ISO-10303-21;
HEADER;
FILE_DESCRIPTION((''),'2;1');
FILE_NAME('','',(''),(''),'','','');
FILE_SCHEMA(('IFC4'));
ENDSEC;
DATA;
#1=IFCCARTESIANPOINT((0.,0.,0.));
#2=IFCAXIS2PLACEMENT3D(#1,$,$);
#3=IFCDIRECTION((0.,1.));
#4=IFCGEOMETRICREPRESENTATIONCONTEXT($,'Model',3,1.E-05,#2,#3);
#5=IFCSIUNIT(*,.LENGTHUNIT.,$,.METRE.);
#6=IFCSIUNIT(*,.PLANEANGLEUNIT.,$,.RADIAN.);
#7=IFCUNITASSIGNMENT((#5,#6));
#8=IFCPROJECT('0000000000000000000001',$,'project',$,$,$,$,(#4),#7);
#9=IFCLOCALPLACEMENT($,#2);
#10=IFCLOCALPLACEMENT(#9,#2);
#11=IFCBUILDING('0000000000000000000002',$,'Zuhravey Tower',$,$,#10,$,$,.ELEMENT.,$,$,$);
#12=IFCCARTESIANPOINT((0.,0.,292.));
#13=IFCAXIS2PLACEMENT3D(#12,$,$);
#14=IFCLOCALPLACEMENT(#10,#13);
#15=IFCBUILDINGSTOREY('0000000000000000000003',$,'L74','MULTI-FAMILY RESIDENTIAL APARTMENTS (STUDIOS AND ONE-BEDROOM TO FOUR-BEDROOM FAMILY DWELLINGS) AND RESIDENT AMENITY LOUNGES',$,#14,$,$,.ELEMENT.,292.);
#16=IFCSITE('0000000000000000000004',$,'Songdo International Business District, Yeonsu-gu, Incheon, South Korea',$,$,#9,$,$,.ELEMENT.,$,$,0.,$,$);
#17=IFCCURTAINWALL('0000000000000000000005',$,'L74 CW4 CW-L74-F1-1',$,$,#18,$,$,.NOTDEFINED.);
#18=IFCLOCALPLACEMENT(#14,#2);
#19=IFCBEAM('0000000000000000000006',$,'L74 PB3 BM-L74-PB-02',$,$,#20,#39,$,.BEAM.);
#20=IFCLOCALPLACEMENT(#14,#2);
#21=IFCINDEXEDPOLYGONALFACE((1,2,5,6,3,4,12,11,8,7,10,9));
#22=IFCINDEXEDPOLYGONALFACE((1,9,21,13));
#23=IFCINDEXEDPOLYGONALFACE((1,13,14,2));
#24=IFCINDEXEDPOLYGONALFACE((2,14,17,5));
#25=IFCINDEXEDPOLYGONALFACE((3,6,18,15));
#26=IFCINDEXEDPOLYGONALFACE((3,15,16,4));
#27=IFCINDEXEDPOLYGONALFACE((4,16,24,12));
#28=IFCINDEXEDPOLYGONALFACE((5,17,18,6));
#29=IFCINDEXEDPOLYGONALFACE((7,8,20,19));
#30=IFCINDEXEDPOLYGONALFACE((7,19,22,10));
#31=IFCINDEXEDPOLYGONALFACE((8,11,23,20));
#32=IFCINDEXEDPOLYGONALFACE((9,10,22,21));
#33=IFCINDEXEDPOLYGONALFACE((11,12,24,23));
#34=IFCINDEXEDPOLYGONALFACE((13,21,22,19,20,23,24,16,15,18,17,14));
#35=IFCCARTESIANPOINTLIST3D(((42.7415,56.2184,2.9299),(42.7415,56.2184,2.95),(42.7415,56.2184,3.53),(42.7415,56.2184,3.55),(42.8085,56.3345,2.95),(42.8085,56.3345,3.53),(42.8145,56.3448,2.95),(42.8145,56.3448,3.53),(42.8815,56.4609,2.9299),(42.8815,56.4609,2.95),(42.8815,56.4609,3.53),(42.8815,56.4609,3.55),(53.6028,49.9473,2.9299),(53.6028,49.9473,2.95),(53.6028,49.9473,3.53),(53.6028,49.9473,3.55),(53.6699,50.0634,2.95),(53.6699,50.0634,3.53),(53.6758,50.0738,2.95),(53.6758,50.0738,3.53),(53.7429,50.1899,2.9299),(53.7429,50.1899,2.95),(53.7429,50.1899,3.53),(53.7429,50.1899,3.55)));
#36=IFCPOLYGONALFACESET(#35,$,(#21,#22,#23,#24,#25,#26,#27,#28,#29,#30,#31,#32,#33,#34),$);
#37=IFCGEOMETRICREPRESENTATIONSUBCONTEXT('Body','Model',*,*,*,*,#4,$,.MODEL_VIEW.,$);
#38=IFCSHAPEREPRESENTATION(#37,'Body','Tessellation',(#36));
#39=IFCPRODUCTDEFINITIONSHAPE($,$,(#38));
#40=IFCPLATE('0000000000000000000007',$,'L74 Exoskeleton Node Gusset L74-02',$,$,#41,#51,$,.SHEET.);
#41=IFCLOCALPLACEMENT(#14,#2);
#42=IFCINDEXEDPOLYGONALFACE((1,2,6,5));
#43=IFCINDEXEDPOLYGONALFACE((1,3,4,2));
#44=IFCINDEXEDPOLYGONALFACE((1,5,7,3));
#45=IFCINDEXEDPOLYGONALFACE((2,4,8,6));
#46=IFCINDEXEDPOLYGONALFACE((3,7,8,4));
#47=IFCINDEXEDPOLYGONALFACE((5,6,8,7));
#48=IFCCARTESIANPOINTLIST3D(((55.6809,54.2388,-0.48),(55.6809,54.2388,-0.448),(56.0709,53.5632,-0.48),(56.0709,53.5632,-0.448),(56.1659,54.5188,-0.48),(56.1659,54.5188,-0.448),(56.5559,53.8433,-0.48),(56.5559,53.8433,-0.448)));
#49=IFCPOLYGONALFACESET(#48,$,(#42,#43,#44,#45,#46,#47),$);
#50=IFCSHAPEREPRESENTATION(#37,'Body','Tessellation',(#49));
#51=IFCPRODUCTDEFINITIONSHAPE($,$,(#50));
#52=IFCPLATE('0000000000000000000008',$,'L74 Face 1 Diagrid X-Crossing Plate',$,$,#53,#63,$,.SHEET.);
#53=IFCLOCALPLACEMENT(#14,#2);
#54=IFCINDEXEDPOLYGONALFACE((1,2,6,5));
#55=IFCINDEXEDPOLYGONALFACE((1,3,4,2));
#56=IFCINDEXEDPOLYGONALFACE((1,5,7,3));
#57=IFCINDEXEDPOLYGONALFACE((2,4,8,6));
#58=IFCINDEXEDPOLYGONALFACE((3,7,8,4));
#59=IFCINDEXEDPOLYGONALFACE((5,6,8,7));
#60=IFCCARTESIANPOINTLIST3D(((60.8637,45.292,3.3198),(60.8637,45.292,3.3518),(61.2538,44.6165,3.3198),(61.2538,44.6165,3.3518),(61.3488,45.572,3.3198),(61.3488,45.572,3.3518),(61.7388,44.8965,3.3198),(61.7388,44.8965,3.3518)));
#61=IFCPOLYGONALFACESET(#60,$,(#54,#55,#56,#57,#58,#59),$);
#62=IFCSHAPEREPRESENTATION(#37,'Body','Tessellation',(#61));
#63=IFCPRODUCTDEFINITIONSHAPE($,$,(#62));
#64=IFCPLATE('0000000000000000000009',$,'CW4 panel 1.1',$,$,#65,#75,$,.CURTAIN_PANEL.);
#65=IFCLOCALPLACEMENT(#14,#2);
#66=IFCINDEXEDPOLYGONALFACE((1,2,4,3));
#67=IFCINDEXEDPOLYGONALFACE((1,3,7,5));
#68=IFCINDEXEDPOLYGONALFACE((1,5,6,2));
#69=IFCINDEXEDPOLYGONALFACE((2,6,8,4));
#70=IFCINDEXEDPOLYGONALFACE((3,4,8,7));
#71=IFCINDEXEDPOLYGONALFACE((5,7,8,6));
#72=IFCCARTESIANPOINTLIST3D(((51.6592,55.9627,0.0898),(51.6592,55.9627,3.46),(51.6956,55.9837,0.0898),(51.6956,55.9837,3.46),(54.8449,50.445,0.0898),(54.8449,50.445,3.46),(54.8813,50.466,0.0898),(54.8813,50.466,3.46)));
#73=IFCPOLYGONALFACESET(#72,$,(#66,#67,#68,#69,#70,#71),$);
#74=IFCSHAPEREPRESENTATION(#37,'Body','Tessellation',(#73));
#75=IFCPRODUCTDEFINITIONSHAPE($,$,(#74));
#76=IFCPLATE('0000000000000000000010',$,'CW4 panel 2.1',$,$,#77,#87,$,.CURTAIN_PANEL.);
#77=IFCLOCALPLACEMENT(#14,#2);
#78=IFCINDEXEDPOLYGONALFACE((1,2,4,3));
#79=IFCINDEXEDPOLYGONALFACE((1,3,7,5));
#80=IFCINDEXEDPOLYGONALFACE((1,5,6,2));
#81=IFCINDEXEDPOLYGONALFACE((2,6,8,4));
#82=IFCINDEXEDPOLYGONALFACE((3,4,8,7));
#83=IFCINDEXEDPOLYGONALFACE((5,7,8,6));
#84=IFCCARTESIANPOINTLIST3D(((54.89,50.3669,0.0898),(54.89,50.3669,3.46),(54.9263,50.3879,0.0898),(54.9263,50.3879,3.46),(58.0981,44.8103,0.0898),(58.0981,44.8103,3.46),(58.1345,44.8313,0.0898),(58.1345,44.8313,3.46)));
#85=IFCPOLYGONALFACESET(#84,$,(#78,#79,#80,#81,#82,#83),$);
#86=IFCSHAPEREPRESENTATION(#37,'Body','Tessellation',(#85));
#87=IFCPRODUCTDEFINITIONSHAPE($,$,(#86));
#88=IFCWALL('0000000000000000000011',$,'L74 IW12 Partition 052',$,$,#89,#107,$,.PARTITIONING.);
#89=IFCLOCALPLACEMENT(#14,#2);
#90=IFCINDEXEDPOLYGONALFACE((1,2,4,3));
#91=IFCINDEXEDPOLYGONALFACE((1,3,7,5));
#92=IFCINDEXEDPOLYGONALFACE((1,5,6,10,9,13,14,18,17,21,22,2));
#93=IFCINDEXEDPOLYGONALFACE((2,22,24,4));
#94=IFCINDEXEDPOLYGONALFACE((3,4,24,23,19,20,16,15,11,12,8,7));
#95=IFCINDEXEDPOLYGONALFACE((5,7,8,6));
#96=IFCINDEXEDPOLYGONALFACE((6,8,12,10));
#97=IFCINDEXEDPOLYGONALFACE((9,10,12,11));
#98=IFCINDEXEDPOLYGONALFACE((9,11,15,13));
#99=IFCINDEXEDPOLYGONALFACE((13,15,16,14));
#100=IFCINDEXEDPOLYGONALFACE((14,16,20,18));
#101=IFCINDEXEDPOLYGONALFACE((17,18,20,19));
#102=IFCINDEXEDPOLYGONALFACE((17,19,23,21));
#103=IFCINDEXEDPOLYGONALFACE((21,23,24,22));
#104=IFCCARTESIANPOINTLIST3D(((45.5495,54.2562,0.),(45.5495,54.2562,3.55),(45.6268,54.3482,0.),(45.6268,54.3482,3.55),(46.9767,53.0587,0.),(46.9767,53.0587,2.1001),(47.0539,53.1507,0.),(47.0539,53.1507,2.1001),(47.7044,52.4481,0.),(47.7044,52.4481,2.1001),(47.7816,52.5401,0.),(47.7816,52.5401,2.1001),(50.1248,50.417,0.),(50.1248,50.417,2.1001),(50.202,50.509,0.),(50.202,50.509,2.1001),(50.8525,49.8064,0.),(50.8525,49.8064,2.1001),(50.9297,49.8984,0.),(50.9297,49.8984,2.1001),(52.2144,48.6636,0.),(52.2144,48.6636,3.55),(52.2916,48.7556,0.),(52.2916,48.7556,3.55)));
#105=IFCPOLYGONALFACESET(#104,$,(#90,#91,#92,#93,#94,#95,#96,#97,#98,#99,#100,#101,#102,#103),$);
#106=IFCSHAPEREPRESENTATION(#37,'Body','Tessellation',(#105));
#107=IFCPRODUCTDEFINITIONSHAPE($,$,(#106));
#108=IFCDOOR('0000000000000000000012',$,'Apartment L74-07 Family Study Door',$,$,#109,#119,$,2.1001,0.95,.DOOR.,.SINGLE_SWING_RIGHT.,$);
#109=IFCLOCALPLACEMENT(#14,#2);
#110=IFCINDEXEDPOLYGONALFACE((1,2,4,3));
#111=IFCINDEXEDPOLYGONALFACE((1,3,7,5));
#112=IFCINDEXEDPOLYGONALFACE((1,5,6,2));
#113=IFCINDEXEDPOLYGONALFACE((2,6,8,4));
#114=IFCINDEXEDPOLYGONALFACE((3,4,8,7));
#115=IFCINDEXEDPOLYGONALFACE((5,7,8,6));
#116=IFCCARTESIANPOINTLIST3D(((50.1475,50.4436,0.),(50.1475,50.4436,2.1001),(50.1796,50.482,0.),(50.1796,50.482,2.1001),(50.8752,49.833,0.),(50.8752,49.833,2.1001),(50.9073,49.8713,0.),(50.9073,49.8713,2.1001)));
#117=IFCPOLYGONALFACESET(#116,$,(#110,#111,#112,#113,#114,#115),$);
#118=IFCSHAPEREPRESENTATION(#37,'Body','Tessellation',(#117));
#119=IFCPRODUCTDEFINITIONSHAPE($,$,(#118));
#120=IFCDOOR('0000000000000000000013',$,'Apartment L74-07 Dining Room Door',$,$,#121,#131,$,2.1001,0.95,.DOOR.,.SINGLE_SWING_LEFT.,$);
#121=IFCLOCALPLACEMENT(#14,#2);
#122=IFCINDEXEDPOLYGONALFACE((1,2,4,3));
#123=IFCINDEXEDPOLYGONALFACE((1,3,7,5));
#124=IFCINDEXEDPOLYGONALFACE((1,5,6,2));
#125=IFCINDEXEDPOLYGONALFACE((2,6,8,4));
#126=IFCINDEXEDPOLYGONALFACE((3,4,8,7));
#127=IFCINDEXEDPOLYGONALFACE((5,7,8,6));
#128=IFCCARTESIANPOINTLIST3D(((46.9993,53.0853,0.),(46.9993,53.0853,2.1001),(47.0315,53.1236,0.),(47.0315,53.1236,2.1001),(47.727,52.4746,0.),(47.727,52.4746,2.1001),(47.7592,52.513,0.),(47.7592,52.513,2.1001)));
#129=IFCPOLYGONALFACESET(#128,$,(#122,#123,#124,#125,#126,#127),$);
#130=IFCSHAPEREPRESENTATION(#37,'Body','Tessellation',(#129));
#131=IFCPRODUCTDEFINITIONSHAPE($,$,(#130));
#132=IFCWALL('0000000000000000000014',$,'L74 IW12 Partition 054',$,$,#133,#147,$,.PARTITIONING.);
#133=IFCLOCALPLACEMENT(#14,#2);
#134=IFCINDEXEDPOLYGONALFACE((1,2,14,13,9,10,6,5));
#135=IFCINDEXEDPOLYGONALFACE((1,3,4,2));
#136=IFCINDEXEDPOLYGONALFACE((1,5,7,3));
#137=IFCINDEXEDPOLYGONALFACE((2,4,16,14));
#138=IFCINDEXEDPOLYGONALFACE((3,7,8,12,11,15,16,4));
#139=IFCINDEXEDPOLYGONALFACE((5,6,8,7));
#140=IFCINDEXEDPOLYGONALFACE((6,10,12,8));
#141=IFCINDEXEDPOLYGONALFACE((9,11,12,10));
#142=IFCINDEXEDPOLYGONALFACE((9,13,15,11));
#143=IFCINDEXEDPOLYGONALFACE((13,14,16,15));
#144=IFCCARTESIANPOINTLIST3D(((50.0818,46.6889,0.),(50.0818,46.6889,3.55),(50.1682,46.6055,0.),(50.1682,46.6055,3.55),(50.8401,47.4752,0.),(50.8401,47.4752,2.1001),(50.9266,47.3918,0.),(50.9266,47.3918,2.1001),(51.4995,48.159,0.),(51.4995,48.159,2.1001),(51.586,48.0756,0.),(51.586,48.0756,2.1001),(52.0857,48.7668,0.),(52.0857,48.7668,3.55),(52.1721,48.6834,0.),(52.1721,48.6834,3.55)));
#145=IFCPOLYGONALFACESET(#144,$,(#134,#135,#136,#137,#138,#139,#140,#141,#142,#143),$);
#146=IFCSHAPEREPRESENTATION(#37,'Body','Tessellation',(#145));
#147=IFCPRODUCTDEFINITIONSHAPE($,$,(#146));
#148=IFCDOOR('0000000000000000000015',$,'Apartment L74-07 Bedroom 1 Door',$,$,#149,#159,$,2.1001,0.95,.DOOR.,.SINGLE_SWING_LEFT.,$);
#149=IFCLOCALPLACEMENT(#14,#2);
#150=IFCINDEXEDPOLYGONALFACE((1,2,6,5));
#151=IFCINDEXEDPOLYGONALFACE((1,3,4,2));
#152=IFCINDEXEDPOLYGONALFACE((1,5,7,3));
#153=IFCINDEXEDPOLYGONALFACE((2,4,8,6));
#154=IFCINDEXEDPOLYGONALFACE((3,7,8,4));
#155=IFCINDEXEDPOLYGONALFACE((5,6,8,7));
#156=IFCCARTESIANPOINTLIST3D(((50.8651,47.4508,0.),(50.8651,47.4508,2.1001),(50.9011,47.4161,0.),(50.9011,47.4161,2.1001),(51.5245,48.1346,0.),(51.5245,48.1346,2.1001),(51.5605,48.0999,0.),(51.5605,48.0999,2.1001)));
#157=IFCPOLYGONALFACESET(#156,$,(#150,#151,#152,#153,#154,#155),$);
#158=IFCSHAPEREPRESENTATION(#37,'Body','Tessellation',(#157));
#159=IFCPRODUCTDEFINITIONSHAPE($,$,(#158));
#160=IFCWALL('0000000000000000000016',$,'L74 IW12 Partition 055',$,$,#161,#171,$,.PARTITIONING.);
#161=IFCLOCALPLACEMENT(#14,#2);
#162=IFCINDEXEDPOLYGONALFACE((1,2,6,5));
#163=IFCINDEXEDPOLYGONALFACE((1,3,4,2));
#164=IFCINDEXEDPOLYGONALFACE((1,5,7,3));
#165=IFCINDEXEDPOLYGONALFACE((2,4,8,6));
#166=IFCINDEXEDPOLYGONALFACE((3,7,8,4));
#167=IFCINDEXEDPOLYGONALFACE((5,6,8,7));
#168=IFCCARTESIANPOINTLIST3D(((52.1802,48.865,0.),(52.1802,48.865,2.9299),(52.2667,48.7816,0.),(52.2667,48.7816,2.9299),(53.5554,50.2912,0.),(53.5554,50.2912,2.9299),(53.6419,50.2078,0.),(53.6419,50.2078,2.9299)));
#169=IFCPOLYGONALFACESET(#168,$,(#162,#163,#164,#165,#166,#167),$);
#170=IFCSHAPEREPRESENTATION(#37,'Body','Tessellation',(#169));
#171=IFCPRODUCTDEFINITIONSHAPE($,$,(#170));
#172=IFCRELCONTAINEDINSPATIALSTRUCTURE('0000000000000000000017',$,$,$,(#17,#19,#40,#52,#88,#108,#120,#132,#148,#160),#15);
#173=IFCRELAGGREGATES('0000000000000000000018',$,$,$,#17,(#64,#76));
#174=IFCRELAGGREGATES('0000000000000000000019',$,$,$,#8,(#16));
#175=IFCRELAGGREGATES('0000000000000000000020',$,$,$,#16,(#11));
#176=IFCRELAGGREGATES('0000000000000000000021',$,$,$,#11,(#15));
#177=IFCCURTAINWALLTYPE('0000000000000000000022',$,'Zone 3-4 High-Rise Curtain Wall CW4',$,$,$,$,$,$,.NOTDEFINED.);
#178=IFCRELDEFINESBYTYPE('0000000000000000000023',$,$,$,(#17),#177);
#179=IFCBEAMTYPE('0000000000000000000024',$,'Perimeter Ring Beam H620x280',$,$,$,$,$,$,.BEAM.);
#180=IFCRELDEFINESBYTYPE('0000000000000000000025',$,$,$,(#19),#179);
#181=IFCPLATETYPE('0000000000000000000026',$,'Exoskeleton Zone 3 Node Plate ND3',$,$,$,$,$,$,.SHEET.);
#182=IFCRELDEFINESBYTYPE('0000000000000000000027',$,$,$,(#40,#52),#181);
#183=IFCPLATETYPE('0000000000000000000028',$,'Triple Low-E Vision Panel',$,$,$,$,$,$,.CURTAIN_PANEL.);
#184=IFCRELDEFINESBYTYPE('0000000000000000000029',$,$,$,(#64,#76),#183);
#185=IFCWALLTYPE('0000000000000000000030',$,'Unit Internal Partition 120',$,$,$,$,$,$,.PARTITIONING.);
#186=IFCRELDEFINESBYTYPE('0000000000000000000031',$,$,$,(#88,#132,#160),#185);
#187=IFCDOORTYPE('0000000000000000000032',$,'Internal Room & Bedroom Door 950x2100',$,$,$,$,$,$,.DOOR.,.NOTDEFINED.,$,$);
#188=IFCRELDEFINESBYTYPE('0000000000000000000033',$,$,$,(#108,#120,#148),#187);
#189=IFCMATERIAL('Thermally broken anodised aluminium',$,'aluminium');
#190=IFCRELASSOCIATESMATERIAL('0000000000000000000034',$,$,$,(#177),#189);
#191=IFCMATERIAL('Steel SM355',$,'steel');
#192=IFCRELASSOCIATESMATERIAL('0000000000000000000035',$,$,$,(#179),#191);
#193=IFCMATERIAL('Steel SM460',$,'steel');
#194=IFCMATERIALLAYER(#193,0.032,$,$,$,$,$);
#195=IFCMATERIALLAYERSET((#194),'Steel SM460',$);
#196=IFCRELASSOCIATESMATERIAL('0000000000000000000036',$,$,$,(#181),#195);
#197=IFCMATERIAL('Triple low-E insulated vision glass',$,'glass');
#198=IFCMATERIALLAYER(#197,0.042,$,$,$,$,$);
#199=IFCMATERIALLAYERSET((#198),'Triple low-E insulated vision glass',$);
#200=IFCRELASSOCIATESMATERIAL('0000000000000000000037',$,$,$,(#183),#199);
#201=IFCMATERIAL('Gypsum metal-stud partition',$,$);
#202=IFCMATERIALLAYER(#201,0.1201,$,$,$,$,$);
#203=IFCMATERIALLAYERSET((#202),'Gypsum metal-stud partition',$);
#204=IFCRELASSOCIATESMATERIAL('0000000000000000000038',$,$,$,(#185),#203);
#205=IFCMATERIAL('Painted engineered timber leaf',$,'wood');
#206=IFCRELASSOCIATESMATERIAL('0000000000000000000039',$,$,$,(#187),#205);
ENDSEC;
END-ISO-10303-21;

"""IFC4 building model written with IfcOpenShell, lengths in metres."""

from ifc_helpers import new_model, si_unit, direction, frame, frame_2d, origin, origin_2d, place, context, subcontext, project, spatial, rectangle, i_section, extrude, material, layer, layer_set, material_profile, profile_set, type_object, element, fill, aggregate, save


model = new_model("IFC4")

# Units and contexts
model_context = context("Model", 3, precision=1e-05, world=origin(), true_north=direction((0.0, 1.0)))
body_context = subcontext(model_context, "Body", "Model", "MODEL_VIEW")
ifc_project = project(units=[si_unit("LENGTHUNIT", "METRE"), si_unit("PLANEANGLEUNIT", "RADIAN")], contexts=[model_context])

# Site, building, storey
site_placement = place(None, origin())
site = spatial("IfcSite", under=ifc_project, at=site_placement, Name="Songdo International Business District, Yeonsu-gu, Incheon, South Korea", CompositionType="ELEMENT", RefElevation=0.0)
building_placement = place(site_placement, origin())
building = spatial("IfcBuilding", under=site, at=building_placement, Name="Zuhravey Tower", CompositionType="ELEMENT")
storey_placement = place(building_placement, frame((0.0, 0.0, 292.0)))
storey = spatial("IfcBuildingStorey", under=building, at=storey_placement, Name="L74", Description="MULTI-FAMILY RESIDENTIAL APARTMENTS (STUDIOS AND ONE-BEDROOM TO FOUR-BEDROOM FAMILY DWELLINGS) AND RESIDENT AMENITY LOUNGES", CompositionType="ELEMENT", Elevation=292.0)

# Shared definitions
ifc_material_1 = material(Name="Thermally broken anodised aluminium", Category="aluminium")
curtain_wall_type = type_object("IfcCurtainWallType", Name="Zone 3-4 High-Rise Curtain Wall CW4", PredefinedType="NOTDEFINED", material=ifc_material_1)

# Curtain wall
curtain_wall_1_placement = place(storey_placement, origin())
curtain_wall_1 = element("IfcCurtainWall", 1, at=curtain_wall_1_placement, inside=storey, type_object=curtain_wall_type, Name="L74 CW4 CW-L74-F1-1", PredefinedType="NOTDEFINED")

# Shared definitions
ifc_material_2 = material(Name="Steel SM355", Category="steel")

# Beam
ifc_material_profile_1 = material_profile(ifc_material_2, i_section(OverallWidth=0.28, OverallDepth=0.6201, WebThickness=0.012, FlangeThickness=0.02, at=origin_2d()), Name="H-620x280x12x20")
ifc_profile_set_1 = profile_set([ifc_material_profile_1], Name="Steel SM355")
beam_type = type_object("IfcBeamType", Name="Perimeter Ring Beam H620x280", PredefinedType="BEAM", material=ifc_profile_set_1)
beam_placement = place(storey_placement, frame((53.6729, 50.0686, 3.24), z_axis=(-0.866018, 0.500012, 0.0), x_axis=(-0.500012, -0.866018, 0.0)))
element("IfcBeam", 2, at=beam_placement, inside=storey, type_object=beam_type, Name="L74 PB3 BM-L74-PB-02", PredefinedType="BEAM", context=body_context, shape_type="SweptSolid", body=[
    extrude(i_section(OverallWidth=0.28, OverallDepth=0.6201, WebThickness=0.012, FlangeThickness=0.02, at=origin_2d()), origin(), (0.0, 0.0, 1.0), 12.5417),
])

# Plates
ifc_material_3 = material(Name="Steel SM460", Category="steel")
ifc_layer_1 = layer(ifc_material_3, 0.032)
ifc_layer_set_1 = layer_set([ifc_layer_1], Name="Steel SM460")
plate_type_1 = type_object("IfcPlateType", Name="Exoskeleton Zone 3 Node Plate ND3", PredefinedType="SHEET", material=ifc_layer_set_1)
for number, where, z_axis, x_axis, name in (
    (3, (56.1184, 54.041, -0.48), (0.0, 0.0, 1.0), (-0.5, 0.866025, 0.0), "L74 Exoskeleton Node Gusset L74-02"),
    (4, (61.3013, 45.0942, 3.3198), (0.0, 0.0, 1.0), (-0.5, 0.866025, 0.0), "L74 Face 1 Diagrid X-Crossing Plate"),
):
    element("IfcPlate", number, at=place(storey_placement, frame(where, z_axis=z_axis, x_axis=x_axis)), inside=storey, type_object=plate_type_1, Name=name, PredefinedType="SHEET", context=body_context, shape_type="SweptSolid", body=[
        extrude(rectangle(XDim=0.78, YDim=0.5601, at=origin_2d()), origin(), (0.0, 0.0, 1.0), 0.032),
    ])

# Plates
ifc_material_4 = material(Name="Triple low-E insulated vision glass", Category="glass")
ifc_layer_2 = layer(ifc_material_4, 0.042)
ifc_layer_set_2 = layer_set([ifc_layer_2], Name="Triple low-E insulated vision glass")
plate_type_2 = type_object("IfcPlateType", Name="Triple Low-E Vision Panel", PredefinedType="CURTAIN_PANEL", material=ifc_layer_set_2)
plate_1_placement = place(storey_placement, frame((53.2703, 53.2144, 0.0898), z_axis=(0.0, 0.0, 1.0), x_axis=(0.500001, -0.866025, 0.0)))
plate_1 = element("IfcPlate", 5, at=plate_1_placement, type_object=plate_type_2, Name="CW4 panel 1.1", PredefinedType="CURTAIN_PANEL", context=body_context, shape_type="SweptSolid", body=[
    extrude(rectangle(XDim=6.3713, YDim=0.042, at=origin_2d()), origin(), (0.0, 0.0, 1.0), 3.3701),
])
plate_2_placement = place(storey_placement, frame((56.5122, 47.5991, 0.0898), z_axis=(0.0, 0.0, 1.0), x_axis=(0.500001, -0.866025, 0.0)))
plate_2 = element("IfcPlate", 6, at=plate_2_placement, type_object=plate_type_2, Name="CW4 panel 2.1", PredefinedType="CURTAIN_PANEL", context=body_context, shape_type="SweptSolid", body=[
    extrude(rectangle(XDim=6.4163, YDim=0.042, at=origin_2d()), origin(), (0.0, 0.0, 1.0), 3.3701),
])
aggregate(curtain_wall_1, [plate_1, plate_2])

# Wall, openings, doors
ifc_material_5 = material(Name="Gypsum metal-stud partition")
ifc_layer_3 = layer(ifc_material_5, 0.1201)
ifc_layer_set_3 = layer_set([ifc_layer_3], Name="Gypsum metal-stud partition")
wall_type = type_object("IfcWallType", Name="Unit Internal Partition 120", PredefinedType="PARTITIONING", material=ifc_layer_set_3)
wall_1_placement = place(storey_placement, frame((52.2529, 48.7097, 0.0), z_axis=(0.0, 0.0, 1.0), x_axis=(-0.766039, 0.642795, 0.0)))
wall_1 = element("IfcWall", 7, at=wall_1_placement, inside=storey, type_object=wall_type, Name="L74 IW12 Partition 052", PredefinedType="PARTITIONING", context=body_context, shape_type="SweptSolid", body=[
    extrude(rectangle(XDim=8.7004, YDim=0.1201, at=frame_2d((4.3501, 0.0))), origin(), (0.0, 0.0, 1.0), 3.55),
])
opening_1_placement = place(wall_1_placement, frame((1.7776, 0.0, 0.0)))
opening_1 = element("IfcOpeningElement", 8, at=opening_1_placement, cuts=wall_1, PredefinedType="OPENING", context=body_context, shape_type="SweptSolid", body=[
    extrude(rectangle(XDim=0.95, YDim=2.1001, at=frame_2d((0.4751, 1.05))), frame((0.0, 0.072, 0.0), z_axis=(0.0, -1.0, 0.0), x_axis=(1.0, 0.0, 0.0)), (0.0, 0.0, 1.0), 0.144),
])
opening_2_placement = place(wall_1_placement, frame((5.8872, 0.0, 0.0)))
opening_2 = element("IfcOpeningElement", 9, at=opening_2_placement, cuts=wall_1, PredefinedType="OPENING", context=body_context, shape_type="SweptSolid", body=[
    extrude(rectangle(XDim=0.95, YDim=2.1001, at=frame_2d((0.4751, 1.05))), frame((0.0, 0.072, 0.0), z_axis=(0.0, -1.0, 0.0), x_axis=(1.0, 0.0, 0.0)), (0.0, 0.0, 1.0), 0.144),
])
ifc_material_6 = material(Name="Painted engineered timber leaf", Category="wood")
door_type = type_object("IfcDoorType", Name="Internal Room & Bedroom Door 950x2100", OperationType="NOTDEFINED", PredefinedType="DOOR", material=ifc_material_6)
door_1_placement = place(opening_1_placement, frame((0.95, 0.0, 0.0), z_axis=(0.0, 0.0, 1.0), x_axis=(-1.0, 0.0, 0.0)))
door_1 = element("IfcDoor", 10, at=door_1_placement, inside=storey, type_object=door_type, Name="Apartment L74-07 Family Study Door", OperationType="SINGLE_SWING_RIGHT", OverallHeight=2.1001, OverallWidth=0.95, PredefinedType="DOOR", context=body_context, shape_type="SweptSolid", body=[
    extrude(rectangle(XDim=0.95, YDim=2.1001, at=frame_2d((0.4751, 1.05))), frame((0.0, 0.0249, 0.0), z_axis=(0.0, -1.0, 0.0), x_axis=(1.0, 0.0, 0.0)), (0.0, 0.0, 1.0), 0.05),
])
fill(opening_1, door_1)
door_2_placement = place(opening_2_placement, frame((0.95, 0.0, 0.0), z_axis=(0.0, 0.0, 1.0), x_axis=(-1.0, 0.0, 0.0)))
door_2 = element("IfcDoor", 11, at=door_2_placement, inside=storey, type_object=door_type, Name="Apartment L74-07 Dining Room Door", OperationType="SINGLE_SWING_LEFT", OverallHeight=2.1001, OverallWidth=0.95, PredefinedType="DOOR", context=body_context, shape_type="SweptSolid", body=[
    extrude(rectangle(XDim=0.95, YDim=2.1001, at=frame_2d((0.4751, 1.05))), frame((0.0, 0.0249, 0.0), z_axis=(0.0, -1.0, 0.0), x_axis=(1.0, 0.0, 0.0)), (0.0, 0.0, 1.0), 0.05),
])
fill(opening_2, door_2)

# Wall, opening, door
wall_2_placement = place(storey_placement, frame((50.125, 46.6472, 0.0), z_axis=(0.0, 0.0, 1.0), x_axis=(0.694178, 0.719804, 0.0)))
wall_2 = element("IfcWall", 12, at=wall_2_placement, inside=storey, type_object=wall_type, Name="L74 IW12 Partition 054", PredefinedType="PARTITIONING", context=body_context, shape_type="SweptSolid", body=[
    extrude(rectangle(XDim=2.8867, YDim=0.1201, at=frame_2d((1.4434, 0.0))), origin(), (0.0, 0.0, 1.0), 3.55),
])
opening_3_placement = place(wall_2_placement, frame((1.0923, 0.0, 0.0)))
opening_3 = element("IfcOpeningElement", 13, at=opening_3_placement, cuts=wall_2, PredefinedType="OPENING", context=body_context, shape_type="SweptSolid", body=[
    extrude(rectangle(XDim=0.95, YDim=2.1001, at=frame_2d((0.4751, 1.05))), frame((0.0, 0.072, 0.0), z_axis=(0.0, -1.0, 0.0), x_axis=(1.0, 0.0, 0.0)), (0.0, 0.0, 1.0), 0.144),
])
door_3_placement = place(opening_3_placement, frame((0.95, 0.0, 0.0), z_axis=(0.0, 0.0, 1.0), x_axis=(-1.0, 0.0, 0.0)))
door_3 = element("IfcDoor", 14, at=door_3_placement, inside=storey, type_object=door_type, Name="Apartment L74-07 Bedroom 1 Door", OperationType="SINGLE_SWING_LEFT", OverallHeight=2.1001, OverallWidth=0.95, PredefinedType="DOOR", context=body_context, shape_type="SweptSolid", body=[
    extrude(rectangle(XDim=0.95, YDim=2.1001, at=frame_2d((0.4751, 1.05))), frame((0.0, 0.0249, 0.0), z_axis=(0.0, -1.0, 0.0), x_axis=(1.0, 0.0, 0.0)), (0.0, 0.0, 1.0), 0.05),
])
fill(opening_3, door_3)

# Wall
wall_3_placement = place(storey_placement, frame((52.2234, 48.8232, 0.0), z_axis=(0.0, 0.0, 1.0), x_axis=(0.694113, 0.719866, 0.0)))
element("IfcWall", 15, at=wall_3_placement, inside=storey, type_object=wall_type, Name="L74 IW12 Partition 055", PredefinedType="PARTITIONING", context=body_context, shape_type="SweptSolid", body=[
    extrude(rectangle(XDim=1.9812, YDim=0.1201, at=frame_2d((0.9907, 0.0))), origin(), (0.0, 0.0, 1.0), 2.9299),
])

save(model, "model.ifc")
